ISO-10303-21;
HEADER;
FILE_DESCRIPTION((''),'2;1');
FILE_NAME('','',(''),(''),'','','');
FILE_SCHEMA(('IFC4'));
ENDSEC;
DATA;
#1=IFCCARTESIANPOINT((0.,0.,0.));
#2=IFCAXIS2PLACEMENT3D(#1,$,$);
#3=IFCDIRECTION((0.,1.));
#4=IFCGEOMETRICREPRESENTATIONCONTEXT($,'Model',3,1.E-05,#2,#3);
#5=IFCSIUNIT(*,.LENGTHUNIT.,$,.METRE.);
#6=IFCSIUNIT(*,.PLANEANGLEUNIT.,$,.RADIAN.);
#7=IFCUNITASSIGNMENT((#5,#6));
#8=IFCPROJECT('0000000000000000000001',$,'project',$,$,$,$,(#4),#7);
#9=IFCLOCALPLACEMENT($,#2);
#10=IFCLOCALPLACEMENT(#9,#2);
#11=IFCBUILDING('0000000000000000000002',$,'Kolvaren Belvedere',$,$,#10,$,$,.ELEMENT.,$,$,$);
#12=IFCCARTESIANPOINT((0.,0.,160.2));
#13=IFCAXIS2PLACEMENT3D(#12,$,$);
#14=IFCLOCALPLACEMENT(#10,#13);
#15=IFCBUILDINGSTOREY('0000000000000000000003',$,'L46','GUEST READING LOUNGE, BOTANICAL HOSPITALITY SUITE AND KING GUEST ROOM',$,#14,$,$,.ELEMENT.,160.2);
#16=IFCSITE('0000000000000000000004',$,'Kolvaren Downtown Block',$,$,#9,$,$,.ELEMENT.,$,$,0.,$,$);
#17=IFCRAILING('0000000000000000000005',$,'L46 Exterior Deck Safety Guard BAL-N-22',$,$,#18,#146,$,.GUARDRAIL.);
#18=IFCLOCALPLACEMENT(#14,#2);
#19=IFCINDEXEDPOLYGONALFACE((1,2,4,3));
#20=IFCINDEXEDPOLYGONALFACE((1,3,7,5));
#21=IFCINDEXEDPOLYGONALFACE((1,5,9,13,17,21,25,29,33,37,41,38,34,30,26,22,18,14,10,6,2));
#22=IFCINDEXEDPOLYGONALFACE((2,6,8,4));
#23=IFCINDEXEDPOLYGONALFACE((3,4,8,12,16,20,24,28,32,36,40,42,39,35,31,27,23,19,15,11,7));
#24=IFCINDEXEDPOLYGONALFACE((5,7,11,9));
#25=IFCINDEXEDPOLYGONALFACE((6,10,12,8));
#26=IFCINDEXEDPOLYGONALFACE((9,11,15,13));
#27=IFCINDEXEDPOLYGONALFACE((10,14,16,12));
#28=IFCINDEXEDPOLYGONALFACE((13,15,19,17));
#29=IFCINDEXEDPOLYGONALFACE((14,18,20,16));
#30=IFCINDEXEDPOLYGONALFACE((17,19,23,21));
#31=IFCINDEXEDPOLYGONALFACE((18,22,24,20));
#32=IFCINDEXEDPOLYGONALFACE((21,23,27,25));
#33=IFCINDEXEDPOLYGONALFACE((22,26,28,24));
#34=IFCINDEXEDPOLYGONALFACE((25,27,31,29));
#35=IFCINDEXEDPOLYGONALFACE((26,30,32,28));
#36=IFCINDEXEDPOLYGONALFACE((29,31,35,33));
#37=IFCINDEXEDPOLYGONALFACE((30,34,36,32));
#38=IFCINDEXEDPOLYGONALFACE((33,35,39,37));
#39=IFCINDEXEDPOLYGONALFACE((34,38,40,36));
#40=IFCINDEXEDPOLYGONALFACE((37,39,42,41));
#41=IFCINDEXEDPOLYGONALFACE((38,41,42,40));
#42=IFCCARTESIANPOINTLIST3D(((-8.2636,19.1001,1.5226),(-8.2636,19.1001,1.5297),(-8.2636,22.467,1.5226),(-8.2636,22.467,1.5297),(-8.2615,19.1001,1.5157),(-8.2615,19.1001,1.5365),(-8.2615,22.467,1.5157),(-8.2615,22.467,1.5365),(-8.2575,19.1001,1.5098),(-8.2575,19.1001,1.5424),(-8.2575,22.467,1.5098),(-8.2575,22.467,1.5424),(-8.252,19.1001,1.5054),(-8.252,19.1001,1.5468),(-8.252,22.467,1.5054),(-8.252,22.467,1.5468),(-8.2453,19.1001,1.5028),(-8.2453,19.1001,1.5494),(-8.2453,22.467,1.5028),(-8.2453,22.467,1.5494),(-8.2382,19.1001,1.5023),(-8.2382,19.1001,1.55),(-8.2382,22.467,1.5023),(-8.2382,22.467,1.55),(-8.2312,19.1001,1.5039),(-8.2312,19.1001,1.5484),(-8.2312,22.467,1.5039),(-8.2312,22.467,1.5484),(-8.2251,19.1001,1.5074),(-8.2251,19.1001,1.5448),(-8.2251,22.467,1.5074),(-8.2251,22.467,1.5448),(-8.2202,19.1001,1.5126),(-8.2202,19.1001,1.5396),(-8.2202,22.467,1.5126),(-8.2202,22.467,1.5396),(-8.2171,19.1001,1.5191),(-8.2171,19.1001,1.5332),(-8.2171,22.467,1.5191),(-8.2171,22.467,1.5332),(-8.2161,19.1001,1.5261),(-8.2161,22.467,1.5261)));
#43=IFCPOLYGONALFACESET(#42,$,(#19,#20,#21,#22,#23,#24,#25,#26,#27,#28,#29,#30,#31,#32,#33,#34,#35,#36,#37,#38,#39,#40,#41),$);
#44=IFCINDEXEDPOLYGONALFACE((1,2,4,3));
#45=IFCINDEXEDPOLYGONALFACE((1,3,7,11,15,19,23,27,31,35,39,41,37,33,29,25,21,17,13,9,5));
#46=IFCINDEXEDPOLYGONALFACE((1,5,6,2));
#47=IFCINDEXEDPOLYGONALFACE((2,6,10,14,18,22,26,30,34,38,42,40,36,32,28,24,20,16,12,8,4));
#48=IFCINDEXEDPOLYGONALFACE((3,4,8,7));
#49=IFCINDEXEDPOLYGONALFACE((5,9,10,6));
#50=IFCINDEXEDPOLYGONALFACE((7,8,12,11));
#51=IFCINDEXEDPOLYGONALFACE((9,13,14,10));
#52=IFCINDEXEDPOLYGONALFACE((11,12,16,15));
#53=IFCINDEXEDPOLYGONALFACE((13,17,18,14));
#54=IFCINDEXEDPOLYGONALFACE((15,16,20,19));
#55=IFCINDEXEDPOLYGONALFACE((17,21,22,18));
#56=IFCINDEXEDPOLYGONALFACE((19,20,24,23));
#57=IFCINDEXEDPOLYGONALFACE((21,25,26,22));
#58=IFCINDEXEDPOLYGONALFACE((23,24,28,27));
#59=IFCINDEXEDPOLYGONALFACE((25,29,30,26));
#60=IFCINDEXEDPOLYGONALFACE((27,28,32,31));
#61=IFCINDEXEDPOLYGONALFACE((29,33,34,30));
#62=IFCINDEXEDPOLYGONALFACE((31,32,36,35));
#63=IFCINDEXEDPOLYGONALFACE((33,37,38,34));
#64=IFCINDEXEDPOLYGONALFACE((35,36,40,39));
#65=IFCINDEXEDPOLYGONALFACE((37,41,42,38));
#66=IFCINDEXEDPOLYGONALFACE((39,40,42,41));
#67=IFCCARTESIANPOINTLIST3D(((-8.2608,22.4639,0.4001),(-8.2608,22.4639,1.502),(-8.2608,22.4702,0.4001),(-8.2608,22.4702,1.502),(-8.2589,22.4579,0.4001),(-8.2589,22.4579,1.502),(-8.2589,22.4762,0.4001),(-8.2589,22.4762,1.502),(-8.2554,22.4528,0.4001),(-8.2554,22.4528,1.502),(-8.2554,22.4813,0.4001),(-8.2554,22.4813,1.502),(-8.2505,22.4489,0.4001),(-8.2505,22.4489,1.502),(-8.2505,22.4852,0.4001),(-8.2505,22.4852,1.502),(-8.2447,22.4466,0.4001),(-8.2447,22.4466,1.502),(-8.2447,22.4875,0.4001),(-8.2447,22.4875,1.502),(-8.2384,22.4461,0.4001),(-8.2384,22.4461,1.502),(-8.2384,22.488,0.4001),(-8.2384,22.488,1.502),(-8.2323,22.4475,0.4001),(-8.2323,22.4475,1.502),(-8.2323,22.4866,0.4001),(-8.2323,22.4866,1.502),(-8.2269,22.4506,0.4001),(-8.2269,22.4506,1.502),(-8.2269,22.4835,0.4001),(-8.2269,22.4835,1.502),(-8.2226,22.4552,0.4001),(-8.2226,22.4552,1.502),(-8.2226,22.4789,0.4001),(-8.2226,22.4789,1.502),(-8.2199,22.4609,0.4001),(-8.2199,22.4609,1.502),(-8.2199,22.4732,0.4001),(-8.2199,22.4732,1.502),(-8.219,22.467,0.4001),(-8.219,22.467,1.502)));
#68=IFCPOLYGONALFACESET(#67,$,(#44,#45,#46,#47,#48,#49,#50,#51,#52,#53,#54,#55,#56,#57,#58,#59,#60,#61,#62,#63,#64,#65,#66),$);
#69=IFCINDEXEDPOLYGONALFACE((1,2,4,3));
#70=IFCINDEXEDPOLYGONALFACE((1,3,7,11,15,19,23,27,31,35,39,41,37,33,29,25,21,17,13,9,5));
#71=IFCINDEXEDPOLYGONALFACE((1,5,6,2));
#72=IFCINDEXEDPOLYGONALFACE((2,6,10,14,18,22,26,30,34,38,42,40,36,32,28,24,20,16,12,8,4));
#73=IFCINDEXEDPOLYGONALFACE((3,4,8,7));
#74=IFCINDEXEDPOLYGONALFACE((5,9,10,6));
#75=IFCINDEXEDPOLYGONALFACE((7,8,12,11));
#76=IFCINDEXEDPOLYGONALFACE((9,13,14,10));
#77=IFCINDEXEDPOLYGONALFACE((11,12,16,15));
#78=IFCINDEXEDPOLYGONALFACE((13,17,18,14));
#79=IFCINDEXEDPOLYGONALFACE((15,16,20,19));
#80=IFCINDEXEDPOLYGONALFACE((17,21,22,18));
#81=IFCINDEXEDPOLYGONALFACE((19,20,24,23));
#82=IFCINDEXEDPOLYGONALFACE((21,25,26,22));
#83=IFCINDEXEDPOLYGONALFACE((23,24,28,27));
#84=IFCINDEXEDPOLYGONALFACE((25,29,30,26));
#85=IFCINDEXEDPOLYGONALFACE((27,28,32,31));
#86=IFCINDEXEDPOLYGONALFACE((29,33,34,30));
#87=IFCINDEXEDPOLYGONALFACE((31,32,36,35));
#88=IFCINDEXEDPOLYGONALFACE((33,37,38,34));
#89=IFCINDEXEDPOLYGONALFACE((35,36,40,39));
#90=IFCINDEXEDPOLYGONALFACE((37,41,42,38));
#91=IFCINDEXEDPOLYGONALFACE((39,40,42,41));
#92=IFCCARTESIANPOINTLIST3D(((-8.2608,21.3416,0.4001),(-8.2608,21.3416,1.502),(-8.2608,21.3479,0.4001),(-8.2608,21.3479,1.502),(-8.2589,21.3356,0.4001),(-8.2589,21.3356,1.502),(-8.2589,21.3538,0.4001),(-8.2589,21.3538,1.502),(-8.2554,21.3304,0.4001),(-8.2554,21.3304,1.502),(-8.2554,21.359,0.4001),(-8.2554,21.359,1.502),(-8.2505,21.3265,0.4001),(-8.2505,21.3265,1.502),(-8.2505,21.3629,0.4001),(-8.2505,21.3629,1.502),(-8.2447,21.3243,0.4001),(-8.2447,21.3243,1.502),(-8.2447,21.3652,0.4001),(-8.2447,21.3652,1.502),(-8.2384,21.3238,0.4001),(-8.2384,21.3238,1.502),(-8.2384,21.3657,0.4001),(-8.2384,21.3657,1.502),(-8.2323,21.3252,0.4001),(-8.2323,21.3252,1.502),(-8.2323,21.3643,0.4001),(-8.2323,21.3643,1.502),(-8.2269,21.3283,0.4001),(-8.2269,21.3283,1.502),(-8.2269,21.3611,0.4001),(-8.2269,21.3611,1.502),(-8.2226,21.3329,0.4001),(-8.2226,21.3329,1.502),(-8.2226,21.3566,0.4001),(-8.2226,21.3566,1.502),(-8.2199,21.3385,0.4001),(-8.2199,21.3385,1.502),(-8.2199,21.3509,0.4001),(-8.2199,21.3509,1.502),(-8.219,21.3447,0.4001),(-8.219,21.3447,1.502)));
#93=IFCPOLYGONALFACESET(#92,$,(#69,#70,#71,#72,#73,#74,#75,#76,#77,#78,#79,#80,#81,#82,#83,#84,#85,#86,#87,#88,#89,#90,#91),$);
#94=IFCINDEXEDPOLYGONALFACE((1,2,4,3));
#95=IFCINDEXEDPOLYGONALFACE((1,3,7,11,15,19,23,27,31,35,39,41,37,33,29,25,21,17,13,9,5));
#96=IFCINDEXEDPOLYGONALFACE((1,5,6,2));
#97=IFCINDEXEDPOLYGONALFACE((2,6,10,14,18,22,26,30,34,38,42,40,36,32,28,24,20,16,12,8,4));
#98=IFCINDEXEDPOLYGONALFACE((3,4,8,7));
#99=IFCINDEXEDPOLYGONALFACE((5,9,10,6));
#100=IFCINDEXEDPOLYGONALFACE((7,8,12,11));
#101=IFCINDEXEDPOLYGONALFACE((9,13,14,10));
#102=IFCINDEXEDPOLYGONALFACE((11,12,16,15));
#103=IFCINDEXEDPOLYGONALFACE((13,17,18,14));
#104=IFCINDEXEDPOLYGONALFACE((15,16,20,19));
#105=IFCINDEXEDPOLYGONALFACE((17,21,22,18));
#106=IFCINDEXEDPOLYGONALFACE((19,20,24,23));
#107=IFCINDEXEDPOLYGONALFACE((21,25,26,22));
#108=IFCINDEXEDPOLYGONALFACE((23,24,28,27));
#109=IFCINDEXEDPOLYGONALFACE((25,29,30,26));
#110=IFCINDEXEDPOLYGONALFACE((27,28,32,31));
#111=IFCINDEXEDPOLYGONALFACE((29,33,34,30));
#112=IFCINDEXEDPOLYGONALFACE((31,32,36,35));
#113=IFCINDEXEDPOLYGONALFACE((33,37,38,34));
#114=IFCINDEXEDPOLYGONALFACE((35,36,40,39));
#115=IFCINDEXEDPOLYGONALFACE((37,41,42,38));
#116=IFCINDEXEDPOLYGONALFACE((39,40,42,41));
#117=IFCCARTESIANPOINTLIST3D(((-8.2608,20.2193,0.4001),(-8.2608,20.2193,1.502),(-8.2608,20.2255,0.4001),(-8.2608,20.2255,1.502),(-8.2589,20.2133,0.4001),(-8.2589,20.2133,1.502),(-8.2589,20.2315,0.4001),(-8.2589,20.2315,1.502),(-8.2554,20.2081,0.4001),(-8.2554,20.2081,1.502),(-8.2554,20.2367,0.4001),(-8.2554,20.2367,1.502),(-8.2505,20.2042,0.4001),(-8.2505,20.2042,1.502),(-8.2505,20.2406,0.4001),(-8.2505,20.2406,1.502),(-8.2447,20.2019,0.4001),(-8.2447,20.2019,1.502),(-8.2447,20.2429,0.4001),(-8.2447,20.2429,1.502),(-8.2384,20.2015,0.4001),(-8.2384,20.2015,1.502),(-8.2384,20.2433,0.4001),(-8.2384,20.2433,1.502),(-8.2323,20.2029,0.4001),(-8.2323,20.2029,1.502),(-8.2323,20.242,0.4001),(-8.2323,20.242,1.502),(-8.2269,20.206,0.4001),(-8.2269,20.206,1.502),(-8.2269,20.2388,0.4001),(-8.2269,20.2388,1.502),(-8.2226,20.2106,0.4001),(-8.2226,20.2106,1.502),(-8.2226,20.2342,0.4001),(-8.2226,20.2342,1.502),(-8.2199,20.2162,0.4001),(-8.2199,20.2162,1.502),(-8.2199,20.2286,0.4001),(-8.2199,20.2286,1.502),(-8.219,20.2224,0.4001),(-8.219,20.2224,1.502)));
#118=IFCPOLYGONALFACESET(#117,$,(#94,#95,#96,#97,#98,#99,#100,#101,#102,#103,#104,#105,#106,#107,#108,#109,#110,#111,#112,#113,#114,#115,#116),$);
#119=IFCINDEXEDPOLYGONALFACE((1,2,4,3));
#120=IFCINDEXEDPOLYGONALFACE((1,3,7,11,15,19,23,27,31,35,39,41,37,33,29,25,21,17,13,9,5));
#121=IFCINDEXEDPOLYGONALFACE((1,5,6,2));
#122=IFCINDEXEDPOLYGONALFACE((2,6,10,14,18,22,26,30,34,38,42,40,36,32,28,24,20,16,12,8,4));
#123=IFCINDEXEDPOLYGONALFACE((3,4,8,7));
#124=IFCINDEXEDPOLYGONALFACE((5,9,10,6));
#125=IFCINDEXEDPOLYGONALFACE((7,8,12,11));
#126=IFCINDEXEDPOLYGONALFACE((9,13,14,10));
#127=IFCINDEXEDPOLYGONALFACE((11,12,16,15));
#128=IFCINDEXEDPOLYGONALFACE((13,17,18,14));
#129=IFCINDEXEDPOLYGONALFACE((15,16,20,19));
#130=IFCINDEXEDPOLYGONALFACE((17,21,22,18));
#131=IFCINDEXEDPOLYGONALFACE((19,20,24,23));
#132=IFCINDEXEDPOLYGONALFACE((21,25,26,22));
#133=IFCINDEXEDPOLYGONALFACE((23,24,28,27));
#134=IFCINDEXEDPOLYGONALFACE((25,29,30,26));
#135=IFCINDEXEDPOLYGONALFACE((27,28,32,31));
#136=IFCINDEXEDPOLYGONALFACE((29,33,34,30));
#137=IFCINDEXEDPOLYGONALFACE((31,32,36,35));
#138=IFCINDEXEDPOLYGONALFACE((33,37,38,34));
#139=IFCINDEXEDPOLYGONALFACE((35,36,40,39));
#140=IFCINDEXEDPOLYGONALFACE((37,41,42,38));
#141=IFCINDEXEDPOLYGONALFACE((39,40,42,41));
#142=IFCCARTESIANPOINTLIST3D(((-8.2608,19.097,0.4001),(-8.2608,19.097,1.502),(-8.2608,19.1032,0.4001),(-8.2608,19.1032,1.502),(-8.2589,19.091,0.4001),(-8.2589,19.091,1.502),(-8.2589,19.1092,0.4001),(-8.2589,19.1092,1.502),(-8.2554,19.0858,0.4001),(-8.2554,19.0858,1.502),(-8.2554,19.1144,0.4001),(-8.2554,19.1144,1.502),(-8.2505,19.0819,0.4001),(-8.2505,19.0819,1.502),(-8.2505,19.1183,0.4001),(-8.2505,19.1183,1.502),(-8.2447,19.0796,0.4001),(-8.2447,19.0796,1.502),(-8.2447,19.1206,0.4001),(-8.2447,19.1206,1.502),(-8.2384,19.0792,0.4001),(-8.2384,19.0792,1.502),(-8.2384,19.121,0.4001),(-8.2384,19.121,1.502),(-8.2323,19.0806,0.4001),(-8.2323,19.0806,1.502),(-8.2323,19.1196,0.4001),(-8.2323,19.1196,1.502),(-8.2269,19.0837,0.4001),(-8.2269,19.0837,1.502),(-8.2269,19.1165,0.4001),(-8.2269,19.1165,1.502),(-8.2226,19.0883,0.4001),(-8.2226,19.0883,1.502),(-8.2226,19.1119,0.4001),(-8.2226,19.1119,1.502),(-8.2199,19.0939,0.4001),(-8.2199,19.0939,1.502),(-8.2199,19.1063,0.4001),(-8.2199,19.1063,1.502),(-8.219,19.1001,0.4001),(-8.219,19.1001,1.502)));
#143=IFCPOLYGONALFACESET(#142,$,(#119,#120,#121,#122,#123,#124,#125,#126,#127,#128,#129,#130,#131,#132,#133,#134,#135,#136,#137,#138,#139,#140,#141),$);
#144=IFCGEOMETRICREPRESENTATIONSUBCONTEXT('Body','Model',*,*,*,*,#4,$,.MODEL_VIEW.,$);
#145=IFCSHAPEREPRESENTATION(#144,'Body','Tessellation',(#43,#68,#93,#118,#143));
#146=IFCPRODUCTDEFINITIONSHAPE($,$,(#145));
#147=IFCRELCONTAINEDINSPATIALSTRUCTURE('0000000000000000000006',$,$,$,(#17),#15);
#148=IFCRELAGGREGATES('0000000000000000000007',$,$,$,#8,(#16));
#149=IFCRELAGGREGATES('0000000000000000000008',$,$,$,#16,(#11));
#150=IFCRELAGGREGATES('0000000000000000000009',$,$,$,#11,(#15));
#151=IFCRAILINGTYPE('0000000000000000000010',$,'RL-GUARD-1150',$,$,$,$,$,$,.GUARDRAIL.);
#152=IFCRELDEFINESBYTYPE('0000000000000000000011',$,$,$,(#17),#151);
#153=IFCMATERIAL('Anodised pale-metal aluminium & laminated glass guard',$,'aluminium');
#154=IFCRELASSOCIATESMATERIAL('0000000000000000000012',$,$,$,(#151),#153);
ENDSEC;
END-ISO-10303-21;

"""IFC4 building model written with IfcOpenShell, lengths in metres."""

from ifc_helpers import new_model, si_unit, direction, frame, origin, origin_2d, place, context, subcontext, project, spatial, circle, extrude, material, type_object, element, save


model = new_model("IFC4")

# Units and contexts
model_context = context("Model", 3, precision=1e-05, world=origin(), true_north=direction((0.0, 1.0)))
body_context = subcontext(model_context, "Body", "Model", "MODEL_VIEW")
ifc_project = project(units=[si_unit("LENGTHUNIT", "METRE"), si_unit("PLANEANGLEUNIT", "RADIAN")], contexts=[model_context])

# Site, building, storey
site_placement = place(None, origin())
site = spatial("IfcSite", under=ifc_project, at=site_placement, Name="Kolvaren Downtown Block", CompositionType="ELEMENT", RefElevation=0.0)
building_placement = place(site_placement, origin())
building = spatial("IfcBuilding", under=site, at=building_placement, Name="Kolvaren Belvedere", CompositionType="ELEMENT")
storey_placement = place(building_placement, frame((0.0, 0.0, 160.2)))
storey = spatial("IfcBuildingStorey", under=building, at=storey_placement, Name="L46", Description="GUEST READING LOUNGE, BOTANICAL HOSPITALITY SUITE AND KING GUEST ROOM", CompositionType="ELEMENT", Elevation=160.2)

# Railing
ifc_material_1 = material(Name="Anodised pale-metal aluminium & laminated glass guard", Category="aluminium")
railing_type = type_object("IfcRailingType", Name="RL-GUARD-1150", PredefinedType="GUARDRAIL", material=ifc_material_1)
railing_1_placement = place(storey_placement, frame((-8.24, 22.467, 0.4001)))
element("IfcRailing", 1, at=railing_1_placement, inside=storey, type_object=railing_type, Name="L46 Exterior Deck Safety Guard BAL-N-22", PredefinedType="GUARDRAIL", context=body_context, shape_type="SweptSolid", body=[
    extrude(circle(Radius=0.0239, at=origin_2d()), frame((0.0, 0.0, 1.126), z_axis=(0.0, -1.0, 0.0), x_axis=(1.0, 0.0, 0.0)), (0.0, 0.0, 1.0), 3.3669),
    extrude(circle(Radius=0.021, at=origin_2d()), origin(), (0.0, 0.0, 1.0), 1.1018),
    extrude(circle(Radius=0.021, at=origin_2d()), frame((0.0, -1.1223, 0.0)), (0.0, 0.0, 1.0), 1.1018),
    extrude(circle(Radius=0.021, at=origin_2d()), frame((0.0, -2.2446, 0.0)), (0.0, 0.0, 1.0), 1.1018),
    extrude(circle(Radius=0.021, at=origin_2d()), frame((0.0, -3.3669, 0.0)), (0.0, 0.0, 1.0), 1.1018),
])

save(model, "model.ifc")
